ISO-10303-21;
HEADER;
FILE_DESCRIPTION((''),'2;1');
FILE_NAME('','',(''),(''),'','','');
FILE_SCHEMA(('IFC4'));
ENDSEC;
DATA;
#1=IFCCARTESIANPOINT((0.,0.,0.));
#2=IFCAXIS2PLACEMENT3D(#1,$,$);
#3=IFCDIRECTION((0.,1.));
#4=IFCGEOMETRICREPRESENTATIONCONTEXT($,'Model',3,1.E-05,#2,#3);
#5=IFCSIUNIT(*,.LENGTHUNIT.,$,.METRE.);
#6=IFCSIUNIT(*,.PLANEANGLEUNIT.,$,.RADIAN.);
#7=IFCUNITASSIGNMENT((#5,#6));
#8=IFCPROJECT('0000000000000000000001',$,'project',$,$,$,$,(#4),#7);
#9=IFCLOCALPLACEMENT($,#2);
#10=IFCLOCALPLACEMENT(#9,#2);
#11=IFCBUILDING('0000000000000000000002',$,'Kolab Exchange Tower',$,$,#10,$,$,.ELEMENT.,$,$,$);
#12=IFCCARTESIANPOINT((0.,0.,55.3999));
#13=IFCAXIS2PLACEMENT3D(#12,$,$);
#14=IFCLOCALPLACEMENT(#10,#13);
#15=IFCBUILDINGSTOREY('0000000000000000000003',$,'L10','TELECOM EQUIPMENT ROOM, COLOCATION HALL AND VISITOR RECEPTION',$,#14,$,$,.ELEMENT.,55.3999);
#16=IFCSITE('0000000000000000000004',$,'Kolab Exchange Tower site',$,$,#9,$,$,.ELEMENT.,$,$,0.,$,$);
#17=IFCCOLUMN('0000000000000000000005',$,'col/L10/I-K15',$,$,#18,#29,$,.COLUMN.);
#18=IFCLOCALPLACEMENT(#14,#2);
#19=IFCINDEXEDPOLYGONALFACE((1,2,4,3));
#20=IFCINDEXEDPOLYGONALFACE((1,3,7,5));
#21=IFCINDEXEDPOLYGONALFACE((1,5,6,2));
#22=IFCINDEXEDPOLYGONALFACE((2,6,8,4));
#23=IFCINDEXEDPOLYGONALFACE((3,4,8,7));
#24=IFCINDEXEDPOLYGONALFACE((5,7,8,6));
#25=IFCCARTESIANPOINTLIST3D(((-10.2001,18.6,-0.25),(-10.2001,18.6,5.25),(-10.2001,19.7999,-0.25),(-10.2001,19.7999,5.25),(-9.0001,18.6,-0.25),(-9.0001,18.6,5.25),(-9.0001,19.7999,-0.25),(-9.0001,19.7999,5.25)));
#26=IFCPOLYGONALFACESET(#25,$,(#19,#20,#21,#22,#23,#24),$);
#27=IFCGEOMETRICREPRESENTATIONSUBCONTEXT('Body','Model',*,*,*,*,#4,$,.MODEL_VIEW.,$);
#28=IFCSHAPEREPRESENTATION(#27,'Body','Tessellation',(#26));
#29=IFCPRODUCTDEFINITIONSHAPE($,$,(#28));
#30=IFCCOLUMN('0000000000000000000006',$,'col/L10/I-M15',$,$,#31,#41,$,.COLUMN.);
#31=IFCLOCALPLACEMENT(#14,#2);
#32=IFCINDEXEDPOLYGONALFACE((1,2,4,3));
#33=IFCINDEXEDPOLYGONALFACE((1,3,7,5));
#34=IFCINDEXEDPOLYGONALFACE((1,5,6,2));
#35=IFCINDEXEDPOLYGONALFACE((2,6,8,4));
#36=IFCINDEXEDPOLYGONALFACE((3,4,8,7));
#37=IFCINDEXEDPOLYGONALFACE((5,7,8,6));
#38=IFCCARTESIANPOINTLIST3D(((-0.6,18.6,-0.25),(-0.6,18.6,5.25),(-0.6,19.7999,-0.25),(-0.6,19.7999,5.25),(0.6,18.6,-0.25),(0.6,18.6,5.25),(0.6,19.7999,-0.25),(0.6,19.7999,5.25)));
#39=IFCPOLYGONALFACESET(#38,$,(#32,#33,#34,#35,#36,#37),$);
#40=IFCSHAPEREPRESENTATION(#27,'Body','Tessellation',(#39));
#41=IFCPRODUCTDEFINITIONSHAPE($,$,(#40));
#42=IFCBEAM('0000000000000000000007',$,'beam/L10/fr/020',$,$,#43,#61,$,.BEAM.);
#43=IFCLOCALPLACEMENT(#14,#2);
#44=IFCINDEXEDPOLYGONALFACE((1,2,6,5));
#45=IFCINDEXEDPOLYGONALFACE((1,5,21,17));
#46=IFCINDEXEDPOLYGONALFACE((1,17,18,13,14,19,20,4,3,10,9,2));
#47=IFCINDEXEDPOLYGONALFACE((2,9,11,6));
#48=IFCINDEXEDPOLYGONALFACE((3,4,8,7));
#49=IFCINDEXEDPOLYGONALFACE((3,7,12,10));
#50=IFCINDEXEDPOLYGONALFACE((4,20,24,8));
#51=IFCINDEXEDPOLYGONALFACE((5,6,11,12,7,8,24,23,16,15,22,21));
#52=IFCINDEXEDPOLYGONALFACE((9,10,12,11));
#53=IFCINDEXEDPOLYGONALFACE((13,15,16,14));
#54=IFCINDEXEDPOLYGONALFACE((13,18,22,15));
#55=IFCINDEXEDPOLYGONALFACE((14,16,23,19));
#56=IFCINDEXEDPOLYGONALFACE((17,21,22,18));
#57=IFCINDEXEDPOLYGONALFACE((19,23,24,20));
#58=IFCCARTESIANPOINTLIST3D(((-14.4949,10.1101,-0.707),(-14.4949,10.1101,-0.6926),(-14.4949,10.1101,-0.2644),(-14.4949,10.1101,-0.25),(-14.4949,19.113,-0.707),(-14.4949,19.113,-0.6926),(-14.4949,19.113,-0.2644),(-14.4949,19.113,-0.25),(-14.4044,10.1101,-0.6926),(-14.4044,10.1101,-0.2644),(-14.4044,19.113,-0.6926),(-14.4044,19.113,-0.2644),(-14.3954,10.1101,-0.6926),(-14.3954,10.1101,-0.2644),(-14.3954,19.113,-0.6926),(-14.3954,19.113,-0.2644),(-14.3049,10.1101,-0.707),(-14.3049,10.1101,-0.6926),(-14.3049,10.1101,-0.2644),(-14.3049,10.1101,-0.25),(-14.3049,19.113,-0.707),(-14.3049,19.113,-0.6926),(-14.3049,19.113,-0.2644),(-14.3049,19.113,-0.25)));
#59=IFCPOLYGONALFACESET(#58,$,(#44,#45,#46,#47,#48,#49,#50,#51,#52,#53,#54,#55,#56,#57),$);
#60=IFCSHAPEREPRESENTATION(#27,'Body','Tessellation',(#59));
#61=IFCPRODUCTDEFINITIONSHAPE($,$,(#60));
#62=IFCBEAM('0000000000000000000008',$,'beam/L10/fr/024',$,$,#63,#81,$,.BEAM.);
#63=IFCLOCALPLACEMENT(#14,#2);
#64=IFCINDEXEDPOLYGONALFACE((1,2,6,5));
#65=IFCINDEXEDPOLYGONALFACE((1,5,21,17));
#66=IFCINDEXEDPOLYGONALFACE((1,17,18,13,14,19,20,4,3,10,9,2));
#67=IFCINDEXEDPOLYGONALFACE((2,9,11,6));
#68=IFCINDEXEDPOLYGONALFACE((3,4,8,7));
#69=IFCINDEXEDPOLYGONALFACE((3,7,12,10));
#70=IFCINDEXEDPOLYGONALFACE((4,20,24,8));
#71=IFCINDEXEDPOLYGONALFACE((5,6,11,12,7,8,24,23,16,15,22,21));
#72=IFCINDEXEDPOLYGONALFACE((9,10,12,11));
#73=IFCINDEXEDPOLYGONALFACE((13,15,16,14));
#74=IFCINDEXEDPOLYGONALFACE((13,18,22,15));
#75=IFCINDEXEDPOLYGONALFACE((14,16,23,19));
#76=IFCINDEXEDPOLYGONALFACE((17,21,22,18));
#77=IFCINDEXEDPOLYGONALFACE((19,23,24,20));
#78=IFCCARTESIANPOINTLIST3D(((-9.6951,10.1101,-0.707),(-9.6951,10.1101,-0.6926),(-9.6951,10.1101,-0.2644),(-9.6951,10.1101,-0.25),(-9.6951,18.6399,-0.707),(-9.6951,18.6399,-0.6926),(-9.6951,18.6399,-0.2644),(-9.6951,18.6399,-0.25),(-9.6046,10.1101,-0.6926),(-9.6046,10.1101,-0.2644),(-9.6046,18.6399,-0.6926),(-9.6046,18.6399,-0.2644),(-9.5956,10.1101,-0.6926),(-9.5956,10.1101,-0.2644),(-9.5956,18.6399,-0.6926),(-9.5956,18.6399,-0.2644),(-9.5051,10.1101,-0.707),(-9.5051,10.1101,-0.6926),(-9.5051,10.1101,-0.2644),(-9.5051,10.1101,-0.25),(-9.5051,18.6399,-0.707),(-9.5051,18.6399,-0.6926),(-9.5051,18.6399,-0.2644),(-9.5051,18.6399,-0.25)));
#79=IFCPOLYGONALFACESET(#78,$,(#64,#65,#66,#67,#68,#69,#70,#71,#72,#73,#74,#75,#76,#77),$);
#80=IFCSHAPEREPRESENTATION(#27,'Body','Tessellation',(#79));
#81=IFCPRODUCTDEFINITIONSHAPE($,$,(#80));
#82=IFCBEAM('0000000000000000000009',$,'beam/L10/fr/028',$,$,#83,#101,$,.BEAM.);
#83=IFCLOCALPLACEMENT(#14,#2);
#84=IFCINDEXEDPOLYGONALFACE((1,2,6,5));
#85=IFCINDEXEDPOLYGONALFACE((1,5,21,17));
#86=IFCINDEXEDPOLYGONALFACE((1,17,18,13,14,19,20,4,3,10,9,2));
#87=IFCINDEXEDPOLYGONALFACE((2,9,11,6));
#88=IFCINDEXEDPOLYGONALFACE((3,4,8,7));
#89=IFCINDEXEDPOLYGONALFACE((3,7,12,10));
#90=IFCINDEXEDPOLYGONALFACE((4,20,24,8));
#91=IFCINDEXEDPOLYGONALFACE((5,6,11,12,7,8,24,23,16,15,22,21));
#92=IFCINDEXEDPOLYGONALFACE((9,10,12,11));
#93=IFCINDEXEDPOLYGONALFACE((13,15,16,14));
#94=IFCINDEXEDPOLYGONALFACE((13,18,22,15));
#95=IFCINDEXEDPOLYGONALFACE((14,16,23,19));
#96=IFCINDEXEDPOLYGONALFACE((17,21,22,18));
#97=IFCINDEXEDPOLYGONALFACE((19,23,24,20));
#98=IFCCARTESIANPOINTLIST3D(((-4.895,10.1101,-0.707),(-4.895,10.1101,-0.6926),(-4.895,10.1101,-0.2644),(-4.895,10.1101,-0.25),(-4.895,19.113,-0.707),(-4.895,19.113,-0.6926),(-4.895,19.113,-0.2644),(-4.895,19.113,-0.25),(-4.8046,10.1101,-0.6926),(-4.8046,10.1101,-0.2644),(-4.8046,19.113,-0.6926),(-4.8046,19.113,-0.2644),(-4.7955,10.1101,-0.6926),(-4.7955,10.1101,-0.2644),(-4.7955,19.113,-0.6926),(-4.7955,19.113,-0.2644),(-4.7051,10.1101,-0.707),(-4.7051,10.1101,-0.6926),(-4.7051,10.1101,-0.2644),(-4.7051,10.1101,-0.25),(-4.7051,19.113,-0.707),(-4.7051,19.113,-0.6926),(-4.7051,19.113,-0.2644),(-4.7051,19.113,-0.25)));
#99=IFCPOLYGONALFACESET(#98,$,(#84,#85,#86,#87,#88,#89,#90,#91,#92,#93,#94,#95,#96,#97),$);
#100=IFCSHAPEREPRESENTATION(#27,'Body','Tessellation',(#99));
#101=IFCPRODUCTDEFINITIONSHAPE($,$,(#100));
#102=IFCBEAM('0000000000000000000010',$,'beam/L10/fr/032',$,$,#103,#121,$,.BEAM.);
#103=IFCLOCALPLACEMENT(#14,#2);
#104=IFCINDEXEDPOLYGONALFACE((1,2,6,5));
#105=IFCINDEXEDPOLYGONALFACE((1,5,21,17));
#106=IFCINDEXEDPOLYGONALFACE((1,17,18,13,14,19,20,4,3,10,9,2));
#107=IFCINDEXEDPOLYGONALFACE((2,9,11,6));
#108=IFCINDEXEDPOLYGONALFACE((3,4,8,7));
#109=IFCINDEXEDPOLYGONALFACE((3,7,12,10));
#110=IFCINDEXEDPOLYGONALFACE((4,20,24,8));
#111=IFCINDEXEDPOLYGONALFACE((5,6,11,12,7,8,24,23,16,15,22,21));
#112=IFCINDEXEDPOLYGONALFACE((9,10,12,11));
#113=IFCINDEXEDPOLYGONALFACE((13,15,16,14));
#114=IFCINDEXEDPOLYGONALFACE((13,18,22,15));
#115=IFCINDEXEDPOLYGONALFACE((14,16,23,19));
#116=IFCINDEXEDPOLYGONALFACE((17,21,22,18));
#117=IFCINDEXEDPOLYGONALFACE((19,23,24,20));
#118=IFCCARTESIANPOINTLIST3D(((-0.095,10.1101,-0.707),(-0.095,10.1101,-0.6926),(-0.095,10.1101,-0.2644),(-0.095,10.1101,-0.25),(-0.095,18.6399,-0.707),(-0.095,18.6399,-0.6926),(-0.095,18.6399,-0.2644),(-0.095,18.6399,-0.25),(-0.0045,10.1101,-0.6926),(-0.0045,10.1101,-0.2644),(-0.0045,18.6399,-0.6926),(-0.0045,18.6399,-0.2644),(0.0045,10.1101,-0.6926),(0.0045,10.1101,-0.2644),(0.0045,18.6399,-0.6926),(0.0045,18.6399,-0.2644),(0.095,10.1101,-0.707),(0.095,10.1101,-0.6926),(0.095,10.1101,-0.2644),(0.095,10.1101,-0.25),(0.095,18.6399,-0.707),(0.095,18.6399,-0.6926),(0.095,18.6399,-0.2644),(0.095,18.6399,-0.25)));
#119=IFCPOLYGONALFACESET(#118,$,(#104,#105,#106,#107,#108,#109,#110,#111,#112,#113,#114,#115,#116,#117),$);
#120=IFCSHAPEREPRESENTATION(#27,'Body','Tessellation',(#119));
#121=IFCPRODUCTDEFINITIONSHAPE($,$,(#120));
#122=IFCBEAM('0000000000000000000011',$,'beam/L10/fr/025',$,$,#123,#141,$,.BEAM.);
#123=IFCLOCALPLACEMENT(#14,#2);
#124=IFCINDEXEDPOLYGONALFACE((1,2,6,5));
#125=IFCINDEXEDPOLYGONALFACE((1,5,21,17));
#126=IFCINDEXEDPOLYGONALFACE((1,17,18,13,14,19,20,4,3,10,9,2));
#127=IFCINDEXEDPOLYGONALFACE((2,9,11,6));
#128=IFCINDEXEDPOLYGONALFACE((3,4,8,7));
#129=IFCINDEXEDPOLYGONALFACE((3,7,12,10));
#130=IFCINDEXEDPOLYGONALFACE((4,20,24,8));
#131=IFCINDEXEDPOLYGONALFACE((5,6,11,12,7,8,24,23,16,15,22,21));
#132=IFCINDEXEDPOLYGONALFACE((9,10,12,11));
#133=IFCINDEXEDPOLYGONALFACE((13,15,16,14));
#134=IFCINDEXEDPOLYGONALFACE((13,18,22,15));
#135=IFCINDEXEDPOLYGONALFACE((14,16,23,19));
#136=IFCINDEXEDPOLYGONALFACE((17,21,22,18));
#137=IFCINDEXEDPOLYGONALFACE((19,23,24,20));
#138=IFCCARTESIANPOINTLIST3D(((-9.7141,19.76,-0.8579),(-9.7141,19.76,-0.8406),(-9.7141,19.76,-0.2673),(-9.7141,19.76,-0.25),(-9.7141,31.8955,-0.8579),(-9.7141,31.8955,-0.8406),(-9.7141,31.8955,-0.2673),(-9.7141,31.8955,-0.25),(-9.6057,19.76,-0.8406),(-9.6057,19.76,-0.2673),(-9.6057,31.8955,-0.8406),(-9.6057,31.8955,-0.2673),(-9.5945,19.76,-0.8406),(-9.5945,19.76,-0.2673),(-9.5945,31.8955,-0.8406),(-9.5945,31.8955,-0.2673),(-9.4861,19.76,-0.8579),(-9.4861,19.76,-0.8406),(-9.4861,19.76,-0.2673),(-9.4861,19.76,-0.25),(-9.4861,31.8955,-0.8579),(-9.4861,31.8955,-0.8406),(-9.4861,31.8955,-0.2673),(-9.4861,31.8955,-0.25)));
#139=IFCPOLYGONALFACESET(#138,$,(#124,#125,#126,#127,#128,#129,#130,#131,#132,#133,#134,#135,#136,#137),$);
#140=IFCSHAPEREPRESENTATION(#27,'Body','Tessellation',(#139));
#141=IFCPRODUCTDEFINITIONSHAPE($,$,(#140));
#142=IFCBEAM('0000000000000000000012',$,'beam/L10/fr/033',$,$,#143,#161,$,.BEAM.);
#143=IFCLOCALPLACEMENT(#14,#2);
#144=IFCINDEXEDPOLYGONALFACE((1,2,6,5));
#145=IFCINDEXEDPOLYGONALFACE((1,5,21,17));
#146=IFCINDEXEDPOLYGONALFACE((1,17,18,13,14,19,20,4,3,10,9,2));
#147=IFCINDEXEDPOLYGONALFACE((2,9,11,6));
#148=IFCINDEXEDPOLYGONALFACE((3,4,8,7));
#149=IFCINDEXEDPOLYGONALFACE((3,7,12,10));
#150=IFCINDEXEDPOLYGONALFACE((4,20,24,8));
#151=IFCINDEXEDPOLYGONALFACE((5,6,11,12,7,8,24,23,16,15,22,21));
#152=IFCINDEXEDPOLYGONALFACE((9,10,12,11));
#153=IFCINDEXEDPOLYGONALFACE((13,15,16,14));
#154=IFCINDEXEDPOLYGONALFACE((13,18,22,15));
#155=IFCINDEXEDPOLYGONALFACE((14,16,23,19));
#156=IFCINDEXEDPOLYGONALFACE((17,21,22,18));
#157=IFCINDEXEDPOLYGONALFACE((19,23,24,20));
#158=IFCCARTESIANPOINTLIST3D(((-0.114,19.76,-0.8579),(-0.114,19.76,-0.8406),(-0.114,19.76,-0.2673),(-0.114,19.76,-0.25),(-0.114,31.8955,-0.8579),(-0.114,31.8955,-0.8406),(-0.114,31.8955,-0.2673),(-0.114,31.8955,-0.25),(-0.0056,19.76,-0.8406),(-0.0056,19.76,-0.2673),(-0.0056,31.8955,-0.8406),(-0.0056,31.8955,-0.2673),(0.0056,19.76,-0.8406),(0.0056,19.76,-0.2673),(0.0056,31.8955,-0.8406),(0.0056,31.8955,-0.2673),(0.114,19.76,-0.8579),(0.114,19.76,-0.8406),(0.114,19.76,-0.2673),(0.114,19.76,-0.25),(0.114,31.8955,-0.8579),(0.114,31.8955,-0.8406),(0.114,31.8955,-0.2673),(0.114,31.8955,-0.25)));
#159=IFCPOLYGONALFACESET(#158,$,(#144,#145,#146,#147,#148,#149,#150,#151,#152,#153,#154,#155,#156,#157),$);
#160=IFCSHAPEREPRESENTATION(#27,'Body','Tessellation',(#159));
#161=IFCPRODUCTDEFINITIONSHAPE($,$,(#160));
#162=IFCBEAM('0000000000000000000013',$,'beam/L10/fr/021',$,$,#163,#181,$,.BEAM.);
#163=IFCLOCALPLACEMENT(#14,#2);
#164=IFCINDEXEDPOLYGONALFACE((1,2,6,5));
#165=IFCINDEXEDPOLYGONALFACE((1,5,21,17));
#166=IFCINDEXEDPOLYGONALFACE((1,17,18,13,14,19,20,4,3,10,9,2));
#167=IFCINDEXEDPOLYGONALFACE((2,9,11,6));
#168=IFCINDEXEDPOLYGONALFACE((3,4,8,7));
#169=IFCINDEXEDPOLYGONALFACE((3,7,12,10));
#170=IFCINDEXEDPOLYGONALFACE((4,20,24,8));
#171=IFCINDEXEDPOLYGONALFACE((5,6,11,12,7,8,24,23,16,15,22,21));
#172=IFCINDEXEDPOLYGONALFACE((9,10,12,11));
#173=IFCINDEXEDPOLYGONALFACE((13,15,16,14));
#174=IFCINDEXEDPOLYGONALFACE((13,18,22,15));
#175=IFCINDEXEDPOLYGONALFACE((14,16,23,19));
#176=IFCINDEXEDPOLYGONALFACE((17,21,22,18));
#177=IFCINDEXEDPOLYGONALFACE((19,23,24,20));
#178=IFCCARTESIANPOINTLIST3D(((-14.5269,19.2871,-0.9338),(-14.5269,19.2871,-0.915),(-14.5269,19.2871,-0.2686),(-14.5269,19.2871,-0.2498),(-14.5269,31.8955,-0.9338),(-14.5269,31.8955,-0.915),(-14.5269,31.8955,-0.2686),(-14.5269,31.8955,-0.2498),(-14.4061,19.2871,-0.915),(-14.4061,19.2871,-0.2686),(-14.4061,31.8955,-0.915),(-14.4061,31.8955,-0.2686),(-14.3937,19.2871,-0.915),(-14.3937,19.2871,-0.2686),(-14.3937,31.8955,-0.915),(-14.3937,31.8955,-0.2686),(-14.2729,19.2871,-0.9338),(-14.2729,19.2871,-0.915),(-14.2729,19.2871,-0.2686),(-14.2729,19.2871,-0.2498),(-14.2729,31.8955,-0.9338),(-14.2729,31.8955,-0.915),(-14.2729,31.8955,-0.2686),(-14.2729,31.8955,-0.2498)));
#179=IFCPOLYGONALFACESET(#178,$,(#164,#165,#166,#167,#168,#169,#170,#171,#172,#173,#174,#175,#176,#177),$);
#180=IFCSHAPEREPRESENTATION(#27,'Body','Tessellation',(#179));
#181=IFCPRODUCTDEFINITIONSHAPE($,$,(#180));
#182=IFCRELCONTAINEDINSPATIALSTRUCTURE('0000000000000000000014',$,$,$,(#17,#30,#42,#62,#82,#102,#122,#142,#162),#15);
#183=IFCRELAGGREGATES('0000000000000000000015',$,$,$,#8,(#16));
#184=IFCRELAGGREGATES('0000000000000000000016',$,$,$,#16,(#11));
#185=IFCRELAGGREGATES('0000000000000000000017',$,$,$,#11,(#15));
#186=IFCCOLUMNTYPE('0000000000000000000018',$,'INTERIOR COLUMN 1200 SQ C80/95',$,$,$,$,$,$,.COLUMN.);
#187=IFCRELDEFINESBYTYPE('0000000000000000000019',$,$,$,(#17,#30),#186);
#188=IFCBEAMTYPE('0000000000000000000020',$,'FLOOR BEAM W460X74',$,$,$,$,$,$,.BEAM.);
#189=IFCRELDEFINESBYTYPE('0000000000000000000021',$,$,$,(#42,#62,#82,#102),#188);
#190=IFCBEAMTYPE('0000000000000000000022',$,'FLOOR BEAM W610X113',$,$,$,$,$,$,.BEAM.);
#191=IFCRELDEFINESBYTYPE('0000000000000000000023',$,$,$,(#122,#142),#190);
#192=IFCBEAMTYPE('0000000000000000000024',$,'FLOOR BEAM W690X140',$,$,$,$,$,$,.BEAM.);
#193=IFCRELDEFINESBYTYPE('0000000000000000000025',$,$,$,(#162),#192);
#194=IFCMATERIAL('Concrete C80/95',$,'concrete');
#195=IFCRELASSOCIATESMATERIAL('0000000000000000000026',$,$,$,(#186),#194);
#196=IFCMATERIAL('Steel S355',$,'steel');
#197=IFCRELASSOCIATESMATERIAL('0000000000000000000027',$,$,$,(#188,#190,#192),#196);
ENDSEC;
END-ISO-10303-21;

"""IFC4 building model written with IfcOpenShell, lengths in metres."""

from ifc_helpers import new_model, si_unit, direction, frame, origin, origin_2d, place, context, subcontext, project, spatial, rectangle, i_section, extrude, material, material_profile, profile_set, type_object, element, save


model = new_model("IFC4")

# Units and contexts
model_context = context("Model", 3, precision=1e-05, world=origin(), true_north=direction((0.0, 1.0)))
body_context = subcontext(model_context, "Body", "Model", "MODEL_VIEW")
ifc_project = project(units=[si_unit("LENGTHUNIT", "METRE"), si_unit("PLANEANGLEUNIT", "RADIAN")], contexts=[model_context])

# Site, building, storey
site_placement = place(None, origin())
site = spatial("IfcSite", under=ifc_project, at=site_placement, Name="Kolab Exchange Tower site", CompositionType="ELEMENT", RefElevation=0.0)
building_placement = place(site_placement, origin())
building = spatial("IfcBuilding", under=site, at=building_placement, Name="Kolab Exchange Tower", CompositionType="ELEMENT")
storey_placement = place(building_placement, frame((0.0, 0.0, 55.3999)))
storey = spatial("IfcBuildingStorey", under=building, at=storey_placement, Name="L10", Description="TELECOM EQUIPMENT ROOM, COLOCATION HALL AND VISITOR RECEPTION", CompositionType="ELEMENT", Elevation=55.3999)

# Columns
ifc_material_1 = material(Name="Concrete C80/95", Category="concrete")
ifc_material_profile_1 = material_profile(ifc_material_1, rectangle(XDim=1.2, YDim=1.2, at=origin_2d()), Name="RC1200")
ifc_profile_set_1 = profile_set([ifc_material_profile_1], Name="Concrete C80/95")
column_type = type_object("IfcColumnType", Name="INTERIOR COLUMN 1200 SQ C80/95", PredefinedType="COLUMN", material=ifc_profile_set_1)
for number, where, z_axis, x_axis, name in (
    (1, (-9.6001, 19.2, -0.25), (0.0, 0.0, 1.0), (1.0, 0.0, 0.0), "col/L10/I-K15"),
    (2, (0.0, 19.2, -0.25), (0.0, 0.0, 1.0), (1.0, 0.0, 0.0), "col/L10/I-M15"),
):
    element("IfcColumn", number, at=place(storey_placement, frame(where, z_axis=z_axis, x_axis=x_axis)), inside=storey, type_object=column_type, Name=name, PredefinedType="COLUMN", context=body_context, shape_type="SweptSolid", body=[
        extrude(rectangle(XDim=1.2, YDim=1.2, at=origin_2d()), origin(), (0.0, 0.0, 1.0), 5.5),
    ])

# Beams
ifc_material_2 = material(Name="Steel S355", Category="steel")
ifc_material_profile_2 = material_profile(ifc_material_2, i_section(OverallWidth=0.1899, OverallDepth=0.457, WebThickness=0.009, FlangeThickness=0.0144, at=origin_2d()), Name="W460X74")
ifc_profile_set_2 = profile_set([ifc_material_profile_2], Name="Steel S355")
beam_type_1 = type_object("IfcBeamType", Name="FLOOR BEAM W460X74", PredefinedType="BEAM", material=ifc_profile_set_2)
beam_1_placement = place(storey_placement, frame((-14.3999, 10.1101, -0.4785), z_axis=(0.0, 1.0, 0.0), x_axis=(-1.0, 0.0, 0.0)))
element("IfcBeam", 3, at=beam_1_placement, inside=storey, type_object=beam_type_1, Name="beam/L10/fr/020", PredefinedType="BEAM", context=body_context, shape_type="SweptSolid", body=[
    extrude(i_section(OverallWidth=0.1899, OverallDepth=0.457, WebThickness=0.009, FlangeThickness=0.0144, at=origin_2d()), origin(), (0.0, 0.0, 1.0), 9.0029),
])
beam_2_placement = place(storey_placement, frame((-9.6001, 10.1101, -0.4785), z_axis=(0.0, 1.0, 0.0), x_axis=(-1.0, 0.0, 0.0)))
element("IfcBeam", 4, at=beam_2_placement, inside=storey, type_object=beam_type_1, Name="beam/L10/fr/024", PredefinedType="BEAM", context=body_context, shape_type="SweptSolid", body=[
    extrude(i_section(OverallWidth=0.1899, OverallDepth=0.457, WebThickness=0.009, FlangeThickness=0.0144, at=origin_2d()), origin(), (0.0, 0.0, 1.0), 8.5298),
])
beam_3_placement = place(storey_placement, frame((-4.8, 10.1101, -0.4785), z_axis=(0.0, 1.0, 0.0), x_axis=(-1.0, 0.0, 0.0)))
element("IfcBeam", 5, at=beam_3_placement, inside=storey, type_object=beam_type_1, Name="beam/L10/fr/028", PredefinedType="BEAM", context=body_context, shape_type="SweptSolid", body=[
    extrude(i_section(OverallWidth=0.1899, OverallDepth=0.457, WebThickness=0.009, FlangeThickness=0.0144, at=origin_2d()), origin(), (0.0, 0.0, 1.0), 9.0029),
])
beam_4_placement = place(storey_placement, frame((0.0, 10.1101, -0.4785), z_axis=(0.0, 1.0, 0.0), x_axis=(-1.0, 0.0, 0.0)))
element("IfcBeam", 6, at=beam_4_placement, inside=storey, type_object=beam_type_1, Name="beam/L10/fr/032", PredefinedType="BEAM", context=body_context, shape_type="SweptSolid", body=[
    extrude(i_section(OverallWidth=0.1899, OverallDepth=0.457, WebThickness=0.009, FlangeThickness=0.0144, at=origin_2d()), origin(), (0.0, 0.0, 1.0), 8.5298),
])
ifc_material_profile_3 = material_profile(ifc_material_2, i_section(OverallWidth=0.228, OverallDepth=0.6079, WebThickness=0.0112, FlangeThickness=0.0173, at=origin_2d()), Name="W610X113")
ifc_profile_set_3 = profile_set([ifc_material_profile_3], Name="Steel S355")
beam_type_2 = type_object("IfcBeamType", Name="FLOOR BEAM W610X113", PredefinedType="BEAM", material=ifc_profile_set_3)
for number, where, z_axis, x_axis, name in (
    (7, (-9.6001, 19.76, -0.554), (0.0, 1.0, 0.0), (-1.0, 0.0, 0.0), "beam/L10/fr/025"),
    (8, (0.0, 19.76, -0.554), (0.0, 1.0, 0.0), (-1.0, 0.0, 0.0), "beam/L10/fr/033"),
):
    element("IfcBeam", number, at=place(storey_placement, frame(where, z_axis=z_axis, x_axis=x_axis)), inside=storey, type_object=beam_type_2, Name=name, PredefinedType="BEAM", context=body_context, shape_type="SweptSolid", body=[
        extrude(i_section(OverallWidth=0.228, OverallDepth=0.6079, WebThickness=0.0112, FlangeThickness=0.0173, at=origin_2d()), origin(), (0.0, 0.0, 1.0), 12.1355),
    ])
ifc_material_profile_4 = material_profile(ifc_material_2, i_section(OverallWidth=0.2539, OverallDepth=0.6841, WebThickness=0.0125, FlangeThickness=0.0188, at=origin_2d()), Name="W690X140")
ifc_profile_set_4 = profile_set([ifc_material_profile_4], Name="Steel S355")
beam_type_3 = type_object("IfcBeamType", Name="FLOOR BEAM W690X140", PredefinedType="BEAM", material=ifc_profile_set_4)
for number, where, z_axis, x_axis, name in (
    (9, (-14.3999, 19.2871, -0.5918), (0.0, 1.0, 0.0), (-1.0, 0.0, 0.0), "beam/L10/fr/021"),
):
    element("IfcBeam", number, at=place(storey_placement, frame(where, z_axis=z_axis, x_axis=x_axis)), inside=storey, type_object=beam_type_3, Name=name, PredefinedType="BEAM", context=body_context, shape_type="SweptSolid", body=[
        extrude(i_section(OverallWidth=0.2539, OverallDepth=0.6841, WebThickness=0.0125, FlangeThickness=0.0188, at=origin_2d()), origin(), (0.0, 0.0, 1.0), 12.6084),
    ])

save(model, "model.ifc")
